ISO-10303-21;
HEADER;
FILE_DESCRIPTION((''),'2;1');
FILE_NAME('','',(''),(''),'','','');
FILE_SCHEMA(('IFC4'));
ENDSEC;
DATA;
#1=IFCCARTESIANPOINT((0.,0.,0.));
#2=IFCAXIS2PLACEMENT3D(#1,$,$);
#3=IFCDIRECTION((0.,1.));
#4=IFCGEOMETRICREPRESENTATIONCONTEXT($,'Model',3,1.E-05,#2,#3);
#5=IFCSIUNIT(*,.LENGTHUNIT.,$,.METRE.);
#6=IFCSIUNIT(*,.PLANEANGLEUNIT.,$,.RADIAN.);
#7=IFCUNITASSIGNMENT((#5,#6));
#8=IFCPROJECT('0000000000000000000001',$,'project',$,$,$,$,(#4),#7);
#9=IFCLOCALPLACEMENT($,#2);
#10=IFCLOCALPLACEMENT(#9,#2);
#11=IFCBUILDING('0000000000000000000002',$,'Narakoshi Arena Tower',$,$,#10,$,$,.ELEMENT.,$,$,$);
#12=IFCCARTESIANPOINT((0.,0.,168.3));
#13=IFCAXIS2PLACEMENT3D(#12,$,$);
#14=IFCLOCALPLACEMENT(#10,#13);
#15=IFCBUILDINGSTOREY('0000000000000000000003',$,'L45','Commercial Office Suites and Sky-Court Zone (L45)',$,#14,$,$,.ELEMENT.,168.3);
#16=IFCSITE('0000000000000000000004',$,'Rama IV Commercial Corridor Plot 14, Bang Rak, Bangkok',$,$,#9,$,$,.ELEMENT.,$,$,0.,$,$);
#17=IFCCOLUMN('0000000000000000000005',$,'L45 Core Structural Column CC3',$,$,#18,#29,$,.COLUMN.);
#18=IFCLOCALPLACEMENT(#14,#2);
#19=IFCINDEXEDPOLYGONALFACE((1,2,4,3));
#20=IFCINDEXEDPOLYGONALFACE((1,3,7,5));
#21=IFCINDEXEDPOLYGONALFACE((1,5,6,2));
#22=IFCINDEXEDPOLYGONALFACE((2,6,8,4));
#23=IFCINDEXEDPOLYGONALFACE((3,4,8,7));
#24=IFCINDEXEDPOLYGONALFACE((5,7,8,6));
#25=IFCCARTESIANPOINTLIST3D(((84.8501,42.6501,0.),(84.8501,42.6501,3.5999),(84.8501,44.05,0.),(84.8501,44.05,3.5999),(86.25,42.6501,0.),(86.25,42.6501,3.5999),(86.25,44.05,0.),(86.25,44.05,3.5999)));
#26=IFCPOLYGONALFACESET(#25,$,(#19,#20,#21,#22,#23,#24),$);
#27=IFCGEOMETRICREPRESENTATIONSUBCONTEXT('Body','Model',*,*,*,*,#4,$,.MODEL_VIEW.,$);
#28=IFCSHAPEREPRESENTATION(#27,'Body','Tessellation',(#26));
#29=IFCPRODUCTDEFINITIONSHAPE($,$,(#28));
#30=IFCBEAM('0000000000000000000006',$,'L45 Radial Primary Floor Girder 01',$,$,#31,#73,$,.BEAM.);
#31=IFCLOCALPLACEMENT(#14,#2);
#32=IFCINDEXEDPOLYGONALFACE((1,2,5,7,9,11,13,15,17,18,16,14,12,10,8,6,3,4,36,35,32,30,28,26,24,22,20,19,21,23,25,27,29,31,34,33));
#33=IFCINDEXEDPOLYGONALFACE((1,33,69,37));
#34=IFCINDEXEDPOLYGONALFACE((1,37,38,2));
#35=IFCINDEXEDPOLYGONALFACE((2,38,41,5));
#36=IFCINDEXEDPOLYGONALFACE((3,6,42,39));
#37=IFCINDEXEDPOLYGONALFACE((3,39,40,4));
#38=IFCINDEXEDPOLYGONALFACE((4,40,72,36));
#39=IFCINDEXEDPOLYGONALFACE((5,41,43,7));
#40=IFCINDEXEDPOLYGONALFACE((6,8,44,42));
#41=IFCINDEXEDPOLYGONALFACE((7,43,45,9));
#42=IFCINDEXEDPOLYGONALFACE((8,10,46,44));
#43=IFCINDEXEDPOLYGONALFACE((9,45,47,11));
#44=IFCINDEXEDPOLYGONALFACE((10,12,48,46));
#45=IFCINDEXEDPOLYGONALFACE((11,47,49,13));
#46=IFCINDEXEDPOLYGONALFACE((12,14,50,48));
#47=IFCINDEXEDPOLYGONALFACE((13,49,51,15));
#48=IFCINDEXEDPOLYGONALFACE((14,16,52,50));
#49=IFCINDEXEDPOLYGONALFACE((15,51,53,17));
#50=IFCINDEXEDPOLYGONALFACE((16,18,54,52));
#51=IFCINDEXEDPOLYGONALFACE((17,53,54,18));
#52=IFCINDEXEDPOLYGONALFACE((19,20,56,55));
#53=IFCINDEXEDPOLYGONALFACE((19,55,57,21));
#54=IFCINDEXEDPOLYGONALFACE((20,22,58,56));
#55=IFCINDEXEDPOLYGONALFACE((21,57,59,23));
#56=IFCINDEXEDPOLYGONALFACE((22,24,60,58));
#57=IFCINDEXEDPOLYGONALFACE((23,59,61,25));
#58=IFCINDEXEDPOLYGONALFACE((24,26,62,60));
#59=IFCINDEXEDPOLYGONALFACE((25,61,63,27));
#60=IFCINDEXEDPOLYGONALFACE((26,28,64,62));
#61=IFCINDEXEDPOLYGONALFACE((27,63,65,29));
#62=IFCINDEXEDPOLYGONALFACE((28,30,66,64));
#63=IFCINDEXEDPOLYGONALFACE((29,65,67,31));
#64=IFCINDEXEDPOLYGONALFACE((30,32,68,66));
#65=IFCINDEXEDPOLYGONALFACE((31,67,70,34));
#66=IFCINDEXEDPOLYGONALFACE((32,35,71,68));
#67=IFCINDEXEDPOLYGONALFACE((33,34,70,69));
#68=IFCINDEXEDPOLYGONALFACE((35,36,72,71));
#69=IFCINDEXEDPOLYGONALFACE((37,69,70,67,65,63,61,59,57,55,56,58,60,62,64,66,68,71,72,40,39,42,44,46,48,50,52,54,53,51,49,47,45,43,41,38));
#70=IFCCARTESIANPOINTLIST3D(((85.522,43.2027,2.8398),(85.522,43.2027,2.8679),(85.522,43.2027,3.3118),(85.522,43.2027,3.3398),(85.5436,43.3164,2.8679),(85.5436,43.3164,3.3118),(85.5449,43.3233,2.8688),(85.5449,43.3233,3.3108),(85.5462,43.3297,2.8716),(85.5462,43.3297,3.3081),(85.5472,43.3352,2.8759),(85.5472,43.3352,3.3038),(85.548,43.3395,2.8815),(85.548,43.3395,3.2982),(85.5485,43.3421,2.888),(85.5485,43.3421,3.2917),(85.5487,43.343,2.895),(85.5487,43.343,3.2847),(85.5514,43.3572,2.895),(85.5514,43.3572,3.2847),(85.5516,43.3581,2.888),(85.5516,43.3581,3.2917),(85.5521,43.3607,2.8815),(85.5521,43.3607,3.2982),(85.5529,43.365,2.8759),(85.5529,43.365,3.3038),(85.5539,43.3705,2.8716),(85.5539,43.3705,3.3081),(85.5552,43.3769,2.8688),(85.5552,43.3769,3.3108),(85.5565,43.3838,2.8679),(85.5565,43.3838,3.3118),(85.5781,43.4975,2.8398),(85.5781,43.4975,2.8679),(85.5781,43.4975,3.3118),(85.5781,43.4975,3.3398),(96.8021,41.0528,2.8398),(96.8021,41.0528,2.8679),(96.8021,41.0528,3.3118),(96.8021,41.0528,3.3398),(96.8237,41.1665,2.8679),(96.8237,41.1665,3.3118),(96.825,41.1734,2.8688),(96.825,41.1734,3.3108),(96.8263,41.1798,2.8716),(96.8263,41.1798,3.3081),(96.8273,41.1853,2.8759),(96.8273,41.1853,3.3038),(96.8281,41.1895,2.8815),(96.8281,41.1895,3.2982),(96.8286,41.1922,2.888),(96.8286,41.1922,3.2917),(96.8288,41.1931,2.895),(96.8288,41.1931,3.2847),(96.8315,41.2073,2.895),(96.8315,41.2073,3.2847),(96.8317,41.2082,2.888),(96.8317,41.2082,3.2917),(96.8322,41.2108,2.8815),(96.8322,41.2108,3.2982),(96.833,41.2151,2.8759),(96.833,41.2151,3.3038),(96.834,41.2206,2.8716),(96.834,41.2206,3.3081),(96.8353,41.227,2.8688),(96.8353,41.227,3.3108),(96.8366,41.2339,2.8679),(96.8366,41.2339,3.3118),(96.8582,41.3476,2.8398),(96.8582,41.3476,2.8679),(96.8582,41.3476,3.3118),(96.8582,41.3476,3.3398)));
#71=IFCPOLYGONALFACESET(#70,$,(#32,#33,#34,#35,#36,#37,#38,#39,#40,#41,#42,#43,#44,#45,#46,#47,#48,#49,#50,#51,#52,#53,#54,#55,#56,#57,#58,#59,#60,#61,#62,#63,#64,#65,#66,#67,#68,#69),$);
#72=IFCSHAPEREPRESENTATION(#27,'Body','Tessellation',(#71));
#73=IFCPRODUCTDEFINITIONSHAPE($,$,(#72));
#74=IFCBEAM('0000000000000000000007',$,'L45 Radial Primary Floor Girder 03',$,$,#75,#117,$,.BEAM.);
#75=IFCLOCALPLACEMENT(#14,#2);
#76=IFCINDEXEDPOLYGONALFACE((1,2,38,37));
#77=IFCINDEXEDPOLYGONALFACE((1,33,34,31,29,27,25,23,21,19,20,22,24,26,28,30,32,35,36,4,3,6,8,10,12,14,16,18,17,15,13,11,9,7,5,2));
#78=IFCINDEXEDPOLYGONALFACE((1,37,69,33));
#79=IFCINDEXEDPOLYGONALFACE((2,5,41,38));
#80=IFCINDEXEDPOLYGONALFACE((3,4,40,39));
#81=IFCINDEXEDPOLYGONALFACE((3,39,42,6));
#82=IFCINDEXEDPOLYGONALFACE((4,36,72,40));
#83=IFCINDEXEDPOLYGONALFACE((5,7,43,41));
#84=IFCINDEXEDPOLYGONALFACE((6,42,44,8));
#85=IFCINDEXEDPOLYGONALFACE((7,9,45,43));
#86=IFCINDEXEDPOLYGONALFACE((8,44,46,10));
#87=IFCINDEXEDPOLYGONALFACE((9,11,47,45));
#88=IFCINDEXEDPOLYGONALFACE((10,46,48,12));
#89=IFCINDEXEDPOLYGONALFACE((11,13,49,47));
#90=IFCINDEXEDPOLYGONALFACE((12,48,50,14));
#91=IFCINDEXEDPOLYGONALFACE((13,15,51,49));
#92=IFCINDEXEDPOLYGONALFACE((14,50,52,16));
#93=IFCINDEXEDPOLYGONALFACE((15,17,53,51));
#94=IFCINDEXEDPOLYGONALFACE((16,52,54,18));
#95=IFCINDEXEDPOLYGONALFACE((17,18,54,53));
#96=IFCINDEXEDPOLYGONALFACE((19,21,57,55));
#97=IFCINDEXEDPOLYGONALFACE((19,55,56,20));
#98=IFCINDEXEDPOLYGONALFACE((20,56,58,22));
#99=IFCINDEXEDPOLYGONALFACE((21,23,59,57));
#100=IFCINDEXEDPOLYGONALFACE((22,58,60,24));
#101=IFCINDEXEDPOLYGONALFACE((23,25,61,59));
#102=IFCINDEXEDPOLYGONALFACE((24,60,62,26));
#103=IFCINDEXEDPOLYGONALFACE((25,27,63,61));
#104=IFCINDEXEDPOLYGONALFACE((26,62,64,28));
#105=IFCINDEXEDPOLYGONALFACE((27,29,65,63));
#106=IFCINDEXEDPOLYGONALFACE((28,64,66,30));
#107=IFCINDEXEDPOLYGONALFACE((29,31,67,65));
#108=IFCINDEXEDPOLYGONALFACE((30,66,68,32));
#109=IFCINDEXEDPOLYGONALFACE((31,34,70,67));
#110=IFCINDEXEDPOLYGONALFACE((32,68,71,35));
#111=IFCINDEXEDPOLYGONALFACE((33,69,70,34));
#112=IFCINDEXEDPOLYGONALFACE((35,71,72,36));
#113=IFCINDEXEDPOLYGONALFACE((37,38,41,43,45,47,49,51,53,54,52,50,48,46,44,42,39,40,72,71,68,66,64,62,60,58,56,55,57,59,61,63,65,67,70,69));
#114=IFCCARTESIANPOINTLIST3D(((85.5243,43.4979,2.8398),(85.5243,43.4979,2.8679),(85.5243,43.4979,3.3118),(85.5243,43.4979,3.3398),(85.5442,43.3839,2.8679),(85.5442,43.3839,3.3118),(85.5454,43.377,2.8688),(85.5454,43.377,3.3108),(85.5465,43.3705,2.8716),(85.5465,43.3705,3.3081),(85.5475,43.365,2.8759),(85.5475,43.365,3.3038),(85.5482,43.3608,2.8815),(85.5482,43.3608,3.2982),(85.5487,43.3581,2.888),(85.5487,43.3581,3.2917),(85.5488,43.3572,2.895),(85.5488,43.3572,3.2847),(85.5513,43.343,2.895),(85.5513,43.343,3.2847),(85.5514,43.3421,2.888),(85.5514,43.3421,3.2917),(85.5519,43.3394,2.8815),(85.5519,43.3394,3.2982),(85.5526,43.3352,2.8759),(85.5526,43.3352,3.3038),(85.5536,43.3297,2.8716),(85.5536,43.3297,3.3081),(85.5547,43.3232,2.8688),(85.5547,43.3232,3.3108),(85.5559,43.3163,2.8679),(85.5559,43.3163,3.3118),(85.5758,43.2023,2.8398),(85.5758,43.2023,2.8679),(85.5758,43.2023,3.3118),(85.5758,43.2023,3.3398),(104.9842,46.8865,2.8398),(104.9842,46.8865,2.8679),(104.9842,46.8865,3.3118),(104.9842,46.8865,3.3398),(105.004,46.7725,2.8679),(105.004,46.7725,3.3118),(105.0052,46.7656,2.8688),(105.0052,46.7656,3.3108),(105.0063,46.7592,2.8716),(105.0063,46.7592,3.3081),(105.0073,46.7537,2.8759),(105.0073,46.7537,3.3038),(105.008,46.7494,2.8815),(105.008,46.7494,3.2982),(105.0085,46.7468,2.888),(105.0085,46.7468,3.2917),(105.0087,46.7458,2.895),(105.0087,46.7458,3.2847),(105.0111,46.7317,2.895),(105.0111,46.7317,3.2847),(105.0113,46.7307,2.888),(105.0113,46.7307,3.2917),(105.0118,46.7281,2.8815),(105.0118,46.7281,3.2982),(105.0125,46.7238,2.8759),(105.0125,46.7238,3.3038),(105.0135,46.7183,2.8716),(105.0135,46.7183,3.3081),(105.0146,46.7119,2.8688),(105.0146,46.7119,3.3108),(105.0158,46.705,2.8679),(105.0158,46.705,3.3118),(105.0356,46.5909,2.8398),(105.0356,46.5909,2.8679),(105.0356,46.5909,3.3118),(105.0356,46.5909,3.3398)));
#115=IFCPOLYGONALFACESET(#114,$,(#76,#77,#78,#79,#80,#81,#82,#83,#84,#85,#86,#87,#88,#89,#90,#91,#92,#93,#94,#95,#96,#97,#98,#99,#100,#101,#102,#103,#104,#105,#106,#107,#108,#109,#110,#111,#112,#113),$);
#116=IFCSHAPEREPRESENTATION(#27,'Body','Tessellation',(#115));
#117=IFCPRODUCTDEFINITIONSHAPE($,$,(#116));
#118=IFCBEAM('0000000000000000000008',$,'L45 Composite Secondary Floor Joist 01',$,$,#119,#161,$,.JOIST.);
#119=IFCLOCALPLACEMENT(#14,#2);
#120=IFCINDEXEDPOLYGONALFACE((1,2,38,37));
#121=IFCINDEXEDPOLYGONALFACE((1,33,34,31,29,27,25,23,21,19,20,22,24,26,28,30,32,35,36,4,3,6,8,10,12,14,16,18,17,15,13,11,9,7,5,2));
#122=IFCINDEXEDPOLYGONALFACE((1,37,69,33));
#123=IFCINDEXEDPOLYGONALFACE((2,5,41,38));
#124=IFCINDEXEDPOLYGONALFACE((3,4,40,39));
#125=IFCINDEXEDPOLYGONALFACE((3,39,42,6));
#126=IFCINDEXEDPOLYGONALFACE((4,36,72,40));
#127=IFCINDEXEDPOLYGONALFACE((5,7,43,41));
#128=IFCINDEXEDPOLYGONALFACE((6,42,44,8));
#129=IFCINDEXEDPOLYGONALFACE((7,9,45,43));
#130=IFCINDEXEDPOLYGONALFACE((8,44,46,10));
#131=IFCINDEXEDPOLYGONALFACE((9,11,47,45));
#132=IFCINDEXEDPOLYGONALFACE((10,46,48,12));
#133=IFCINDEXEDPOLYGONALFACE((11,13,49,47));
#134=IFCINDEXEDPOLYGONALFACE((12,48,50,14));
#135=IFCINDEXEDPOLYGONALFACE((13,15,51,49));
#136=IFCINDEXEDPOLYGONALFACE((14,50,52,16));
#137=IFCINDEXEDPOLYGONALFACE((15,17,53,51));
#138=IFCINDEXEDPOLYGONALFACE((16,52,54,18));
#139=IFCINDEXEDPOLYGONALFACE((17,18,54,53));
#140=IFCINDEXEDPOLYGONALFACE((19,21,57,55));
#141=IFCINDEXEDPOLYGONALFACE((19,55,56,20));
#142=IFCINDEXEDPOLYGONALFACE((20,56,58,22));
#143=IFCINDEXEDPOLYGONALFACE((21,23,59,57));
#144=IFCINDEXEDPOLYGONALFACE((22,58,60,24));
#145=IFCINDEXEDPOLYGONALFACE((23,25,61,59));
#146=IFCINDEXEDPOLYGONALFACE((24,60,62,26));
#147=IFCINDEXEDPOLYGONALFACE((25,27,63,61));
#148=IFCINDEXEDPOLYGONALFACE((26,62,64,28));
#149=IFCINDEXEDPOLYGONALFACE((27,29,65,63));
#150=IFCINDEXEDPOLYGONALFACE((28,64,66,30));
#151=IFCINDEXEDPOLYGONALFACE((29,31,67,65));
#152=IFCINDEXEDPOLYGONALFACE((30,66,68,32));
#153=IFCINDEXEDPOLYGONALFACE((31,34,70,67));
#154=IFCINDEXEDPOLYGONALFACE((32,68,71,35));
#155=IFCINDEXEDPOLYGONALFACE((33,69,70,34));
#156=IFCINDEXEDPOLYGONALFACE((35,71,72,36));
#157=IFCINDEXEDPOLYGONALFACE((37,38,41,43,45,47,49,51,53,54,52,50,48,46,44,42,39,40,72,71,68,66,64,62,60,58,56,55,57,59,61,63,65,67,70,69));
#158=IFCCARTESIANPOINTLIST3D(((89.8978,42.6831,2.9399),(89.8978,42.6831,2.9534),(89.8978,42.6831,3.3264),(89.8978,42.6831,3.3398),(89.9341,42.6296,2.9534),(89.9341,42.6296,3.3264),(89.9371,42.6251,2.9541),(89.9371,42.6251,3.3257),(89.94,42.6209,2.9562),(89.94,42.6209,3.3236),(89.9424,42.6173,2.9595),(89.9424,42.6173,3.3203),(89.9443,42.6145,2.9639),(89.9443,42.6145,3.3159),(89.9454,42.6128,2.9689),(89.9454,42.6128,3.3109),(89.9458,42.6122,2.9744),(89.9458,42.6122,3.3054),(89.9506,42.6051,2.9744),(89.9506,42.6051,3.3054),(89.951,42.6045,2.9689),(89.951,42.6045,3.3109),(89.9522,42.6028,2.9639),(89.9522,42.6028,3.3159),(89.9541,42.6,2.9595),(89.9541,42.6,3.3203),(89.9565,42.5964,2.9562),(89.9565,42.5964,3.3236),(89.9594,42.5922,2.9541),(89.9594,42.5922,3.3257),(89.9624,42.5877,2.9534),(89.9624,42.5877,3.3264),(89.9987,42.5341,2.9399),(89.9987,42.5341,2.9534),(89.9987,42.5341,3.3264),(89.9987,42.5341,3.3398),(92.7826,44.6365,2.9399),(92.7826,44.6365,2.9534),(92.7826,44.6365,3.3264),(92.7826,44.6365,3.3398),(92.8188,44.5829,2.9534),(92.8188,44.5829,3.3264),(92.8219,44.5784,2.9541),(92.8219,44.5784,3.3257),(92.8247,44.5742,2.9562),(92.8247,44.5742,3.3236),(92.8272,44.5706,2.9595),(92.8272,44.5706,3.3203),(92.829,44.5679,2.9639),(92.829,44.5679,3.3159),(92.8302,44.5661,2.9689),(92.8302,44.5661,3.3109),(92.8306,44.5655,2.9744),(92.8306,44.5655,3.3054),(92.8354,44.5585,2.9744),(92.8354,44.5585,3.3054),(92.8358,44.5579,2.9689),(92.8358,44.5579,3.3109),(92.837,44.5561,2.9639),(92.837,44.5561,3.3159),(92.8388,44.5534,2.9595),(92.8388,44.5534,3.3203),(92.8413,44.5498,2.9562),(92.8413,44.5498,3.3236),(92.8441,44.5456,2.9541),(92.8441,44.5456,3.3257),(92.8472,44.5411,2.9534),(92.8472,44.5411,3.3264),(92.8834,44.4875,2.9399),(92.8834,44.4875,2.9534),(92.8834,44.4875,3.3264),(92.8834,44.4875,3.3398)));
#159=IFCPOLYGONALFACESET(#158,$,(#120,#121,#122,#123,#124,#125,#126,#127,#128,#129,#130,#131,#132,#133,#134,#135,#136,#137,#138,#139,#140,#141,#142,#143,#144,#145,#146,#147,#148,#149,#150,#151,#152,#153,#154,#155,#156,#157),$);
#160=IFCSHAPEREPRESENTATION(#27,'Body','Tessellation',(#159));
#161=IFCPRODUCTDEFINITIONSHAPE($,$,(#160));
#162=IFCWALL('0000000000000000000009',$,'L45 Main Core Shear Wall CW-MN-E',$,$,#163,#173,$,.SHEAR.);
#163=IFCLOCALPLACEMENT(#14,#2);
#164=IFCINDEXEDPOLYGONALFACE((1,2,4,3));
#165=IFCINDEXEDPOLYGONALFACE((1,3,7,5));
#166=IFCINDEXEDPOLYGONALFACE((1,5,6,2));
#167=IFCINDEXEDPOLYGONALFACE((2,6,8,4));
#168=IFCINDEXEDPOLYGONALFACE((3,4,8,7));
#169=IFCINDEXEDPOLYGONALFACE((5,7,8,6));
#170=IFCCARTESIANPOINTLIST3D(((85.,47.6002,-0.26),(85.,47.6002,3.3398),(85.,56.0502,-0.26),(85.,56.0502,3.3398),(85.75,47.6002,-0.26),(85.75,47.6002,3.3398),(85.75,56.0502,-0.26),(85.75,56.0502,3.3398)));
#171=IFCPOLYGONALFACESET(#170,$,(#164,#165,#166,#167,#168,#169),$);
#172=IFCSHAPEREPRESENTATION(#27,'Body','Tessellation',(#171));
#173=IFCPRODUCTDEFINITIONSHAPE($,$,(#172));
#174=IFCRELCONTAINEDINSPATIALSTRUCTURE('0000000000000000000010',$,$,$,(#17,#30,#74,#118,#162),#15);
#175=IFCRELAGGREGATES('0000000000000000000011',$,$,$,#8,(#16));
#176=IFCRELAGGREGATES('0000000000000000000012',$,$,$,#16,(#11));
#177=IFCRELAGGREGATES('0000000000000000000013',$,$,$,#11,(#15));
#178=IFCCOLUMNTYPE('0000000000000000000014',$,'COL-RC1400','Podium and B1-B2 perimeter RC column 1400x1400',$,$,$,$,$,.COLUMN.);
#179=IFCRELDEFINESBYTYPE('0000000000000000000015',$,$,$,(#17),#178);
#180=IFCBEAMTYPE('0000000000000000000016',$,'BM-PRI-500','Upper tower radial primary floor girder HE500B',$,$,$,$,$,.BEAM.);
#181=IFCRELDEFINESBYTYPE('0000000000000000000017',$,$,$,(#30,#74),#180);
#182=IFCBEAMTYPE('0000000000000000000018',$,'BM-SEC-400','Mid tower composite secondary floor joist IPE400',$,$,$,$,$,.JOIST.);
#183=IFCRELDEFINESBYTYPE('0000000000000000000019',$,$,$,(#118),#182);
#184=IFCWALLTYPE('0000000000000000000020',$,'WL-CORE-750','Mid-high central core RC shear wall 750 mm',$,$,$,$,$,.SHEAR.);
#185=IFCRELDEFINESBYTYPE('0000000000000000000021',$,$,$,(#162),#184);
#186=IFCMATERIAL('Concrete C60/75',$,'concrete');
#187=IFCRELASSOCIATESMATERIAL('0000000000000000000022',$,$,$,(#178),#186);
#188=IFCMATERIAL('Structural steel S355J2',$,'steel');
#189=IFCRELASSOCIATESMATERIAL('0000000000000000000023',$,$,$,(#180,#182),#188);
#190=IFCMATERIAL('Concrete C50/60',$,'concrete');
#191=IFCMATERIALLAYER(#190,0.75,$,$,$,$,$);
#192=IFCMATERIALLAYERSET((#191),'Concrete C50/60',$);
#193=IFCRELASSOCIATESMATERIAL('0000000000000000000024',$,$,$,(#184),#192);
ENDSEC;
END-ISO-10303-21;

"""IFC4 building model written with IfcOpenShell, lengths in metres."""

from ifc_helpers import new_model, si_unit, direction, frame, frame_2d, origin, origin_2d, place, context, subcontext, project, spatial, rectangle, i_section, extrude, material, layer, layer_set, material_profile, profile_set, type_object, element, save


model = new_model("IFC4")

# Units and contexts
model_context = context("Model", 3, precision=1e-05, world=origin(), true_north=direction((0.0, 1.0)))
body_context = subcontext(model_context, "Body", "Model", "MODEL_VIEW")
ifc_project = project(units=[si_unit("LENGTHUNIT", "METRE"), si_unit("PLANEANGLEUNIT", "RADIAN")], contexts=[model_context])

# Site, building, storey
site_placement = place(None, origin())
site = spatial("IfcSite", under=ifc_project, at=site_placement, Name="Rama IV Commercial Corridor Plot 14, Bang Rak, Bangkok", CompositionType="ELEMENT", RefElevation=0.0)
building_placement = place(site_placement, origin())
building = spatial("IfcBuilding", under=site, at=building_placement, Name="Narakoshi Arena Tower", CompositionType="ELEMENT")
storey_placement = place(building_placement, frame((0.0, 0.0, 168.3)))
storey = spatial("IfcBuildingStorey", under=building, at=storey_placement, Name="L45", Description="Commercial Office Suites and Sky-Court Zone (L45)", CompositionType="ELEMENT", Elevation=168.3)

# Column
ifc_material_1 = material(Name="Concrete C60/75", Category="concrete")
ifc_material_profile_1 = material_profile(ifc_material_1, rectangle(XDim=1.3999, YDim=1.3999, at=origin_2d()), Name="RC1400x1400")
ifc_profile_set_1 = profile_set([ifc_material_profile_1], Name="Concrete C60/75")
column_type = type_object("IfcColumnType", Name="COL-RC1400", Description="Podium and B1-B2 perimeter RC column 1400x1400", PredefinedType="COLUMN", material=ifc_profile_set_1)
column_placement = place(storey_placement, frame((85.55, 43.3501, 0.0), z_axis=(0.0, 0.0, 1.0), x_axis=(1.0, 0.0, 0.0)))
element("IfcColumn", 1, at=column_placement, inside=storey, type_object=column_type, Name="L45 Core Structural Column CC3", PredefinedType="COLUMN", context=body_context, shape_type="SweptSolid", body=[
    extrude(rectangle(XDim=1.3999, YDim=1.3999, at=origin_2d()), origin(), (0.0, 0.0, 1.0), 3.5999),
])

# Beams
ifc_material_2 = material(Name="Structural steel S355J2", Category="steel")
ifc_material_profile_2 = material_profile(ifc_material_2, i_section(OverallWidth=0.3, OverallDepth=0.5, WebThickness=0.0144, FlangeThickness=0.0281, FilletRadius=0.0271, at=origin_2d()), Name="HE500B")
ifc_profile_set_2 = profile_set([ifc_material_profile_2], Name="Structural steel S355J2")
beam_type_1 = type_object("IfcBeamType", Name="BM-PRI-500", Description="Upper tower radial primary floor girder HE500B", PredefinedType="BEAM", material=ifc_profile_set_2)
beam_1_placement = place(storey_placement, frame((85.55, 43.3501, 3.0898), z_axis=(0.982317, -0.187223, 0.0), x_axis=(0.187223, 0.982317, 0.0)))
element("IfcBeam", 2, at=beam_1_placement, inside=storey, type_object=beam_type_1, Name="L45 Radial Primary Floor Girder 01", PredefinedType="BEAM", context=body_context, shape_type="SweptSolid", body=[
    extrude(i_section(OverallWidth=0.3, OverallDepth=0.5, WebThickness=0.0144, FlangeThickness=0.0281, FilletRadius=0.0271, at=origin_2d()), origin(), (0.0, 0.0, 1.0), 11.4832),
])
beam_2_placement = place(storey_placement, frame((85.55, 43.3501, 3.0898), z_axis=(0.985175, 0.171554, 0.0), x_axis=(-0.171554, 0.985175, 0.0)))
element("IfcBeam", 3, at=beam_2_placement, inside=storey, type_object=beam_type_1, Name="L45 Radial Primary Floor Girder 03", PredefinedType="BEAM", context=body_context, shape_type="SweptSolid", body=[
    extrude(i_section(OverallWidth=0.3, OverallDepth=0.5, WebThickness=0.0144, FlangeThickness=0.0281, FilletRadius=0.0271, at=origin_2d()), origin(), (0.0, 0.0, 1.0), 19.7527),
])
ifc_material_profile_3 = material_profile(ifc_material_2, i_section(OverallWidth=0.1799, OverallDepth=0.3999, WebThickness=0.0085, FlangeThickness=0.0134, FilletRadius=0.021, at=origin_2d()), Name="IPE400")
ifc_profile_set_3 = profile_set([ifc_material_profile_3], Name="Structural steel S355J2")
beam_type_2 = type_object("IfcBeamType", Name="BM-SEC-400", Description="Mid tower composite secondary floor joist IPE400", PredefinedType="JOIST", material=ifc_profile_set_3)
beam_3_placement = place(storey_placement, frame((89.9482, 42.6086, 3.1399), z_axis=(0.828029, 0.560685, 0.0), x_axis=(-0.560685, 0.828029, 0.0)))
element("IfcBeam", 4, at=beam_3_placement, inside=storey, type_object=beam_type_2, Name="L45 Composite Secondary Floor Joist 01", PredefinedType="JOIST", context=body_context, shape_type="SweptSolid", body=[
    extrude(i_section(OverallWidth=0.1799, OverallDepth=0.3999, WebThickness=0.0085, FlangeThickness=0.0134, FilletRadius=0.021, at=origin_2d()), origin(), (0.0, 0.0, 1.0), 3.4839),
])

# Wall
ifc_material_3 = material(Name="Concrete C50/60", Category="concrete")
ifc_layer_1 = layer(ifc_material_3, 0.75)
ifc_layer_set_1 = layer_set([ifc_layer_1], Name="Concrete C50/60")
wall_type_1 = type_object("IfcWallType", Name="WL-CORE-750", Description="Mid-high central core RC shear wall 750 mm", PredefinedType="SHEAR", material=ifc_layer_set_1)
wall_1_placement = place(storey_placement, frame((85.375, 47.6001, -0.26), z_axis=(0.0, 0.0, 1.0), x_axis=(0.0, 1.0, 0.0)))
element("IfcWall", 5, at=wall_1_placement, inside=storey, type_object=wall_type_1, Name="L45 Main Core Shear Wall CW-MN-E", PredefinedType="SHEAR", context=body_context, shape_type="SweptSolid", body=[
    extrude(rectangle(XDim=8.45, YDim=0.75, at=frame_2d((4.2251, 0.0))), origin(), (0.0, 0.0, 1.0), 3.5999),
])

save(model, "model.ifc")
